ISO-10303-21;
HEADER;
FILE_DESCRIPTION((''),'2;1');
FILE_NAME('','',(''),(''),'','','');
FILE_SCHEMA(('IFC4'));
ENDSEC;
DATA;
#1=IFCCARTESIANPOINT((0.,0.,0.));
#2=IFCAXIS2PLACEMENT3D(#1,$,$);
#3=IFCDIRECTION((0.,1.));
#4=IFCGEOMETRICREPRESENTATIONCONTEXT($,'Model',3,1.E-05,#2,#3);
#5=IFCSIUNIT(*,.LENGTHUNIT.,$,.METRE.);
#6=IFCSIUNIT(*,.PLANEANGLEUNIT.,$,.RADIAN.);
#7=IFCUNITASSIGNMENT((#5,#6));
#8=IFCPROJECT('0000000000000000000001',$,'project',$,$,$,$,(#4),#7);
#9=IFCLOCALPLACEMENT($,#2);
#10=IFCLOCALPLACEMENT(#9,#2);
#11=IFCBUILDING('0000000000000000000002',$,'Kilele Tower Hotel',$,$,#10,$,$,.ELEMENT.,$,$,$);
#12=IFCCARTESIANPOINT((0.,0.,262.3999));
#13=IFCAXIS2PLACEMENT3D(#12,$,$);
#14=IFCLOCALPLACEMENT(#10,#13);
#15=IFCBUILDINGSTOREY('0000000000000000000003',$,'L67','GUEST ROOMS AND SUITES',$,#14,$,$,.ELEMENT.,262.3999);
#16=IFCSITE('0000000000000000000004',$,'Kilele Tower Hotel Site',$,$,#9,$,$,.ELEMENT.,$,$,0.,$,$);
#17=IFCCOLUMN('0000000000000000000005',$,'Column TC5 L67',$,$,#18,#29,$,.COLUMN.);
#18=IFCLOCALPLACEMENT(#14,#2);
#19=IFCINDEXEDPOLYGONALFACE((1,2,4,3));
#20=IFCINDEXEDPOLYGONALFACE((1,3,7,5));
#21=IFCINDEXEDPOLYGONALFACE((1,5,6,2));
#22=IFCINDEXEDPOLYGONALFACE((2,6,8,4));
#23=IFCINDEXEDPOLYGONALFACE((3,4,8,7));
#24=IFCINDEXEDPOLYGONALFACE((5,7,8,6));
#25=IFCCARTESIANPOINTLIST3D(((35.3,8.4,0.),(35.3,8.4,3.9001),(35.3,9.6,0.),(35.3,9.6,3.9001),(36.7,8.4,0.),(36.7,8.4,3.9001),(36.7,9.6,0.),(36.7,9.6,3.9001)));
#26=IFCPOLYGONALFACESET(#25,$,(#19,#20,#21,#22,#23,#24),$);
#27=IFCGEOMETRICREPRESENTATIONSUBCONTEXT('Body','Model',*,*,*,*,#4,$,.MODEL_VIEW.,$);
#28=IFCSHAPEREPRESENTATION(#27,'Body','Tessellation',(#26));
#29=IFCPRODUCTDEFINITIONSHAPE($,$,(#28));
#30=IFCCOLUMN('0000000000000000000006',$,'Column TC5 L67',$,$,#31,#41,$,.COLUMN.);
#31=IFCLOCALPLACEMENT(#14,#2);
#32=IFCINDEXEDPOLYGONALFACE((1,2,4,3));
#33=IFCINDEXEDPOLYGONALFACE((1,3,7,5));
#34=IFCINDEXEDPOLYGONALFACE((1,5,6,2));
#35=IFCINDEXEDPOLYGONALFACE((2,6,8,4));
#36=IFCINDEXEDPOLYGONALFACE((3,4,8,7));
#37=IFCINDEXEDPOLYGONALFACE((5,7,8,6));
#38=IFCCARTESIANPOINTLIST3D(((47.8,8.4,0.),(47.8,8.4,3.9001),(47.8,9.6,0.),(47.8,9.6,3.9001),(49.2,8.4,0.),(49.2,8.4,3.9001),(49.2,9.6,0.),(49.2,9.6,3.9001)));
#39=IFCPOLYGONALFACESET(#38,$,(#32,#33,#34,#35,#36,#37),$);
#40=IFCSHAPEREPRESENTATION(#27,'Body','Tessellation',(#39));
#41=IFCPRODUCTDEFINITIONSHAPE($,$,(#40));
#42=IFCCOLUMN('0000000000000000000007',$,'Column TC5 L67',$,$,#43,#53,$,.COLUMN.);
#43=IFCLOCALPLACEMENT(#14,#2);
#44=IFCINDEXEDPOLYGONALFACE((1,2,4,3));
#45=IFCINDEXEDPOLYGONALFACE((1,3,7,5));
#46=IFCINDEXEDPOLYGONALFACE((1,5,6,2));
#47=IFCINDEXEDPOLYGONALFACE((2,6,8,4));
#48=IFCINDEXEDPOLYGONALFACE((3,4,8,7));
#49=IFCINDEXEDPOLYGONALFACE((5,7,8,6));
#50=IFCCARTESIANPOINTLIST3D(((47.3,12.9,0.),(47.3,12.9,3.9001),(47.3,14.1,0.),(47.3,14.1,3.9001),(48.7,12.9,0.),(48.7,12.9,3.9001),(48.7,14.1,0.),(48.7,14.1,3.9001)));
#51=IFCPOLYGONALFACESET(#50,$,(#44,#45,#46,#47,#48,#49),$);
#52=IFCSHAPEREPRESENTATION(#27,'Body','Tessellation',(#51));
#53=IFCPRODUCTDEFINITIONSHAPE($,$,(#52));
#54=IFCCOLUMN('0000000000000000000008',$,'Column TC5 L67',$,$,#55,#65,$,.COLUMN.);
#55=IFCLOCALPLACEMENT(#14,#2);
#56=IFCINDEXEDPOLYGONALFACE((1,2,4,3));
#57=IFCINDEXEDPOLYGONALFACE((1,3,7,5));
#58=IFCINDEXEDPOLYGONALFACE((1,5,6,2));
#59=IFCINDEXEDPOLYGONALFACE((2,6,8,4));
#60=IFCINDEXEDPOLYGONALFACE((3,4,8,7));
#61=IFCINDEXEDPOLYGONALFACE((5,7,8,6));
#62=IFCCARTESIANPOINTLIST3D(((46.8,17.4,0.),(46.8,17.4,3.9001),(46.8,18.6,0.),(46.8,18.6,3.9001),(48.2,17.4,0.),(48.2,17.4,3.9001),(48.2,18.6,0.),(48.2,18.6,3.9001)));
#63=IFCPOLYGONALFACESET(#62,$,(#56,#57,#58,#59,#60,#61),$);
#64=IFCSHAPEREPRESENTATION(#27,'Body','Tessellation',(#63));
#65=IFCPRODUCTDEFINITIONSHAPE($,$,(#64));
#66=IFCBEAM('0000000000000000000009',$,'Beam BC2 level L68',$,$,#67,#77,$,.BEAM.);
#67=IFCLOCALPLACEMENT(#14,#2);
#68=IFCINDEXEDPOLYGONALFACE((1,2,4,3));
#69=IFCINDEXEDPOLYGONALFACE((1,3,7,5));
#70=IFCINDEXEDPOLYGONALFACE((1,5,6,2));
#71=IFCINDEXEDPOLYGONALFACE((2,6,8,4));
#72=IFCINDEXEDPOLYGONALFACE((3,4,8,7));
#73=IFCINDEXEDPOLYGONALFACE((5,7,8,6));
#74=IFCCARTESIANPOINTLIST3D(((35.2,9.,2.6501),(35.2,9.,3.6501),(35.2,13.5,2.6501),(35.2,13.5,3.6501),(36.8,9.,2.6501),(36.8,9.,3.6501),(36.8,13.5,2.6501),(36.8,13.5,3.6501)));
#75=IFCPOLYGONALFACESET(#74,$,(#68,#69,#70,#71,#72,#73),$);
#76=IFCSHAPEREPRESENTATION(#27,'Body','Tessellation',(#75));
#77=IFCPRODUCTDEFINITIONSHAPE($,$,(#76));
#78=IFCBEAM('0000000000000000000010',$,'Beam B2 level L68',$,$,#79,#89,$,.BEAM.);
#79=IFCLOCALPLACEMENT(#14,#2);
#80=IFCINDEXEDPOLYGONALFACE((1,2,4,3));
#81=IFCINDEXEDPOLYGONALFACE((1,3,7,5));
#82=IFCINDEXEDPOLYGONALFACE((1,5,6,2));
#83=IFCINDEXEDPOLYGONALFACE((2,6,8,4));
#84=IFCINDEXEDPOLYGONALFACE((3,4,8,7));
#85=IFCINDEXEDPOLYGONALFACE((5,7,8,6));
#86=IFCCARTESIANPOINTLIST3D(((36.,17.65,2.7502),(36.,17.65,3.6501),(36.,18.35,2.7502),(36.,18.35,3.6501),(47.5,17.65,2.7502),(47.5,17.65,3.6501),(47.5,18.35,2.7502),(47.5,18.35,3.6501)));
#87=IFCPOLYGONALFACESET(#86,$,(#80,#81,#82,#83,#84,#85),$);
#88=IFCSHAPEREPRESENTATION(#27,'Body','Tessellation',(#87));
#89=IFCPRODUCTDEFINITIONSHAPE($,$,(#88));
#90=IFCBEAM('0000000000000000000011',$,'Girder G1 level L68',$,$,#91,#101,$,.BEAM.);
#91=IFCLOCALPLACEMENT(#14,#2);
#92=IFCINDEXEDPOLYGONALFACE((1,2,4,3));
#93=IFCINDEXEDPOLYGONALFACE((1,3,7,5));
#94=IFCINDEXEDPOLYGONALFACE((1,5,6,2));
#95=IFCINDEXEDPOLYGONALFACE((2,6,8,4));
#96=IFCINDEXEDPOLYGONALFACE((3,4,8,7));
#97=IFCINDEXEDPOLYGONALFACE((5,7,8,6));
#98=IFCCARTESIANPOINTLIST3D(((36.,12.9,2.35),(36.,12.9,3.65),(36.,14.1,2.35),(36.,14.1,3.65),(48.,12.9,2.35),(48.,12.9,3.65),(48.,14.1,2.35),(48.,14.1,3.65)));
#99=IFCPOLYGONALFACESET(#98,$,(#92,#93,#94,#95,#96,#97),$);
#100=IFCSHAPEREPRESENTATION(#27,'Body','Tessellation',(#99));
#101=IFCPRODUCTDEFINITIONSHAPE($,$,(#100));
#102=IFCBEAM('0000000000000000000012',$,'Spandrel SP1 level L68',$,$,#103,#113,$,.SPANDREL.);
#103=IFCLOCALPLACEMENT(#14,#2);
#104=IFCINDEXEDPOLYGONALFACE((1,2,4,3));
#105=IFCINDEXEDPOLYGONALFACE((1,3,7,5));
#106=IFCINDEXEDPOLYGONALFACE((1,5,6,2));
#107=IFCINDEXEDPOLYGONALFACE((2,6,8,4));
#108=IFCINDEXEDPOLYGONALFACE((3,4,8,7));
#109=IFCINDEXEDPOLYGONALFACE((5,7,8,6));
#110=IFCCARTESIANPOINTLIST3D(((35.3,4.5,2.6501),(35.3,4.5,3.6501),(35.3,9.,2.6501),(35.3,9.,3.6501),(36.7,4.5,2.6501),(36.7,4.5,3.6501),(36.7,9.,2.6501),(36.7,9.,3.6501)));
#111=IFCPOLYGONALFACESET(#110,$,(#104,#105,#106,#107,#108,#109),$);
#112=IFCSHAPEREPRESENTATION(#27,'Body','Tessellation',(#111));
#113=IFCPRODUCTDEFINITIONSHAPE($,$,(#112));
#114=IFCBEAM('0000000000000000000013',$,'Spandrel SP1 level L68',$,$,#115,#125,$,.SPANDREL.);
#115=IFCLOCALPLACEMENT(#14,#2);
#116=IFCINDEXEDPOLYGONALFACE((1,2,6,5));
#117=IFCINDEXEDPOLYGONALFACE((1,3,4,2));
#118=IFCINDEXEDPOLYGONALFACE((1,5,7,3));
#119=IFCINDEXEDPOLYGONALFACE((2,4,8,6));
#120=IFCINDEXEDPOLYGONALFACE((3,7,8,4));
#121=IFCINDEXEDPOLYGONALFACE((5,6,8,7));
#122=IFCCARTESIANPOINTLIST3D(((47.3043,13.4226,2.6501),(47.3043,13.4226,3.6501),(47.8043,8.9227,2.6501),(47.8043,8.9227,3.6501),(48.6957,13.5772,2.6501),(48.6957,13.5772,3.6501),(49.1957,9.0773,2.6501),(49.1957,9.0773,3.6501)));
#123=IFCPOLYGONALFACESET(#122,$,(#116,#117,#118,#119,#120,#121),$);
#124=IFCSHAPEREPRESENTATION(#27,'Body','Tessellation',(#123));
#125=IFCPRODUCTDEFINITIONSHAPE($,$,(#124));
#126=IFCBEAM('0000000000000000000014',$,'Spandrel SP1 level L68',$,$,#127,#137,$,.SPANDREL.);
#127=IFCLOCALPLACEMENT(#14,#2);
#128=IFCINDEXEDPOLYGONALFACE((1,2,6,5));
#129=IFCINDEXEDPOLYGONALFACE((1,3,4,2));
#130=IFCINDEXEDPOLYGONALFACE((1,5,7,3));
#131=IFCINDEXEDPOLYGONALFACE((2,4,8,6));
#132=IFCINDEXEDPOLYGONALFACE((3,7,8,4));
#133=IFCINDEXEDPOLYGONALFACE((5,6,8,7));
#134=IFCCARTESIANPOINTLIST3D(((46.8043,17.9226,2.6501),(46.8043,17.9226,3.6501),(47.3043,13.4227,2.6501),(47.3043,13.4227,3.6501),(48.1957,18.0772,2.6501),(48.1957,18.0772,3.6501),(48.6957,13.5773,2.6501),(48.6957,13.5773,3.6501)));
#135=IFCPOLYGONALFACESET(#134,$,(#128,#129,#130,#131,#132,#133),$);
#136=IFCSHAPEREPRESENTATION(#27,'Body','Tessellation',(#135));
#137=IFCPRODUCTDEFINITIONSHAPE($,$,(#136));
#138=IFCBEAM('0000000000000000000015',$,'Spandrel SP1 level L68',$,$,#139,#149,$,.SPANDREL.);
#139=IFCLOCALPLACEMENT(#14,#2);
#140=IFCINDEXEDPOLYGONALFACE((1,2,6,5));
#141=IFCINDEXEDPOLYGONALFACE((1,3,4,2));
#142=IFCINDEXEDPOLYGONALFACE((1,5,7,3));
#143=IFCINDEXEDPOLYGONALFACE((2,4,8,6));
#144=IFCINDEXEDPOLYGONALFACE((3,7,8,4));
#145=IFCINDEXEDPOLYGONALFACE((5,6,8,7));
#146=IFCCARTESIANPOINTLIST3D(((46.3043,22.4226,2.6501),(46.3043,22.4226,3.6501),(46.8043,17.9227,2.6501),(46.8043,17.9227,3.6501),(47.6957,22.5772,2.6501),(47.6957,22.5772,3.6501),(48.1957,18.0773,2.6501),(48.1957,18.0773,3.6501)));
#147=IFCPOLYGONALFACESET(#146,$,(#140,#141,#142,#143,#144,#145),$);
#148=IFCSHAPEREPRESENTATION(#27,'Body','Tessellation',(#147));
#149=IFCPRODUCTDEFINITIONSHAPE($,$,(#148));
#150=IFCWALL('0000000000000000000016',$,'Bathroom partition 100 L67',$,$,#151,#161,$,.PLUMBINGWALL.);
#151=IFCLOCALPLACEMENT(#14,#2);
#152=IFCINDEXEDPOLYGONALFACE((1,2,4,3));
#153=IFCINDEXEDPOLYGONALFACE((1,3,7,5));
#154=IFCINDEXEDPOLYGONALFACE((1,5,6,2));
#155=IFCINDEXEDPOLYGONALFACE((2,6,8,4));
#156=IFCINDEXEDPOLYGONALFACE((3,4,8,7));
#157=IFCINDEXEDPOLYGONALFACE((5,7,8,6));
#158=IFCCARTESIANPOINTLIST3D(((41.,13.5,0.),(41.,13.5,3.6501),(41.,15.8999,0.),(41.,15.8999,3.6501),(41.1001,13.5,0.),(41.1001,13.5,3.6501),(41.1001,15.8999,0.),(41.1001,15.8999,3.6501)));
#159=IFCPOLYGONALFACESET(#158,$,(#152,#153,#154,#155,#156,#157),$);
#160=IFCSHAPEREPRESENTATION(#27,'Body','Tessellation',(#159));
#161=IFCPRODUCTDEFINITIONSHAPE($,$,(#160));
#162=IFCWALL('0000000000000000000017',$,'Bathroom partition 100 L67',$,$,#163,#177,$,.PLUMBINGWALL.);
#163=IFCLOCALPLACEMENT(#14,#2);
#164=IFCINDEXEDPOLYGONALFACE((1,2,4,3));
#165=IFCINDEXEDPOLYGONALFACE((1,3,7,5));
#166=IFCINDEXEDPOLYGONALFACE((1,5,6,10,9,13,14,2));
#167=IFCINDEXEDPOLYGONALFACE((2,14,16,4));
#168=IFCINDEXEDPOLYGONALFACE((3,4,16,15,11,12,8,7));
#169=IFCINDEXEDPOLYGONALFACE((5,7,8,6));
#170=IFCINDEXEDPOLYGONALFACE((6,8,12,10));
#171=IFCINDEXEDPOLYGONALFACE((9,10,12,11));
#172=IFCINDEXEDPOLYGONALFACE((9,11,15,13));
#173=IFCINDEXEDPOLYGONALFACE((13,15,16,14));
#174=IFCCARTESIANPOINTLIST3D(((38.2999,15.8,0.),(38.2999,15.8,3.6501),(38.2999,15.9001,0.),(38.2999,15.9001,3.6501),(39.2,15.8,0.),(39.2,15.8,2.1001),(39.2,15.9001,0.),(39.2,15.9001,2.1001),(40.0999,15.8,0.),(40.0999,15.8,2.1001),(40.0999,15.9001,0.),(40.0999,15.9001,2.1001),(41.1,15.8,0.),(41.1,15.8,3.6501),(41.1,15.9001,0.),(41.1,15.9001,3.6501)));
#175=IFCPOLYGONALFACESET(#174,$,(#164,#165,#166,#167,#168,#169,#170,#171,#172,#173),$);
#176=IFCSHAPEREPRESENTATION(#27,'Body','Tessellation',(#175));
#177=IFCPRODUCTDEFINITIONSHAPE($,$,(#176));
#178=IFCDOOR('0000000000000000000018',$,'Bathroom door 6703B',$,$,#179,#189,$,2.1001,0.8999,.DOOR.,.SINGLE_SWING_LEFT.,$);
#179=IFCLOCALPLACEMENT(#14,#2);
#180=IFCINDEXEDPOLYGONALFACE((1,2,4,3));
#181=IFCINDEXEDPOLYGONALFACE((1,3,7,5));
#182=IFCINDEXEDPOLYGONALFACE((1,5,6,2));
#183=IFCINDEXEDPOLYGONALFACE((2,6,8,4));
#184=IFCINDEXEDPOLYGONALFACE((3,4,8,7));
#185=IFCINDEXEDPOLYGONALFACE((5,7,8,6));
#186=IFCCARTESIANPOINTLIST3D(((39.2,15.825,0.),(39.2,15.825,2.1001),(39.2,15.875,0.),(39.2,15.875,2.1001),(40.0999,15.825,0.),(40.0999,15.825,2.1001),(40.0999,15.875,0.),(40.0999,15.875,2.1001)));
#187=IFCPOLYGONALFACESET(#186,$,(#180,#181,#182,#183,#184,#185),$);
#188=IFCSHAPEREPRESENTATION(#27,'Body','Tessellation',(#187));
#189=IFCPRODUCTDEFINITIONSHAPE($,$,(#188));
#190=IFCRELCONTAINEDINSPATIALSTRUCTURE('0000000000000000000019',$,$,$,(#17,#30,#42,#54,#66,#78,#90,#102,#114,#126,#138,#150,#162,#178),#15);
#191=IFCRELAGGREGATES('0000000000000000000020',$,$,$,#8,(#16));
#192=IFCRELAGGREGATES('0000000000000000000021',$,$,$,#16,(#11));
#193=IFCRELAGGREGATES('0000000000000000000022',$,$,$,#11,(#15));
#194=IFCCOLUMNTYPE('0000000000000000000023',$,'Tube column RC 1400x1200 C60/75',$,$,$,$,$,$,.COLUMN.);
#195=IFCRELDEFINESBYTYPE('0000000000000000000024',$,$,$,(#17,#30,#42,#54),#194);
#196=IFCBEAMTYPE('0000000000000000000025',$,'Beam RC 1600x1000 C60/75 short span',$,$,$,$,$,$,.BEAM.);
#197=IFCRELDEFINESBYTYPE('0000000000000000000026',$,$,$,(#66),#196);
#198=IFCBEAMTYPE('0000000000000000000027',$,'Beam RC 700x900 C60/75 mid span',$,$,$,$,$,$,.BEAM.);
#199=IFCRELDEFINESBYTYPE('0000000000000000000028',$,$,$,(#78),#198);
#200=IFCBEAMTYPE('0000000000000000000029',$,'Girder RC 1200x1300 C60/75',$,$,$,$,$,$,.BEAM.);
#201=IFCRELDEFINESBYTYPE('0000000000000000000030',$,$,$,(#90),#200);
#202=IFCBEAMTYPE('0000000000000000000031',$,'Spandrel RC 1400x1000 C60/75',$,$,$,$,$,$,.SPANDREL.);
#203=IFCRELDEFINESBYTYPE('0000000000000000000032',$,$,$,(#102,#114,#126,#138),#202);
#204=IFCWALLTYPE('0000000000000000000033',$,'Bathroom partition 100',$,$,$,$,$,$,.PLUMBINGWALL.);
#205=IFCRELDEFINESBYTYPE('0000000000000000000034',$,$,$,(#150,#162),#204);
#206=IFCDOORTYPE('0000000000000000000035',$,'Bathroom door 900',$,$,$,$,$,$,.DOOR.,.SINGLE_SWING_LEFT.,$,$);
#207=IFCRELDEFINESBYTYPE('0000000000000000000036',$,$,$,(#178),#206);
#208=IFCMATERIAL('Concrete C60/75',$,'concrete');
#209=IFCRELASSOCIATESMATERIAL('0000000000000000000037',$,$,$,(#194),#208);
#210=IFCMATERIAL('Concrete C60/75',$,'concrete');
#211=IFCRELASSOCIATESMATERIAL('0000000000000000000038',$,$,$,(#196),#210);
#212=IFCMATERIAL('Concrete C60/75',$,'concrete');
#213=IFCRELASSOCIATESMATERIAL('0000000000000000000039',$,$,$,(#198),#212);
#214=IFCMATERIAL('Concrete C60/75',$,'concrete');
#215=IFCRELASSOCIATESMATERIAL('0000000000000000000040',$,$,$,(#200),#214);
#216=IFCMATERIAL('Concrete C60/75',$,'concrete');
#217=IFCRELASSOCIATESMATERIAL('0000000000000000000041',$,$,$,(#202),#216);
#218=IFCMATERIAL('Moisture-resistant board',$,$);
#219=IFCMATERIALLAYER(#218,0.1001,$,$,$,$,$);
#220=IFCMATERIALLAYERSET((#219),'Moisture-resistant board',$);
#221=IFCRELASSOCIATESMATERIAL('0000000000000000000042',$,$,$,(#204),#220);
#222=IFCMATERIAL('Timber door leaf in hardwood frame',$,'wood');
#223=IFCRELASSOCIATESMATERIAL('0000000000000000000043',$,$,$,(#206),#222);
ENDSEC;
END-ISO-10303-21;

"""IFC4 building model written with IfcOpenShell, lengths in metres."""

from ifc_helpers import new_model, si_unit, direction, frame, frame_2d, origin, origin_2d, place, context, subcontext, project, spatial, rectangle, extrude, material, layer, layer_set, material_profile, profile_set, type_object, element, fill, save


model = new_model("IFC4")

# Units and contexts
model_context = context("Model", 3, precision=1e-05, world=origin(), true_north=direction((0.0, 1.0)))
body_context = subcontext(model_context, "Body", "Model", "MODEL_VIEW")
ifc_project = project(units=[si_unit("LENGTHUNIT", "METRE"), si_unit("PLANEANGLEUNIT", "RADIAN")], contexts=[model_context])

# Site, building, storey
site_placement = place(None, origin())
site = spatial("IfcSite", under=ifc_project, at=site_placement, Name="Kilele Tower Hotel Site", CompositionType="ELEMENT", RefElevation=0.0)
building_placement = place(site_placement, origin())
building = spatial("IfcBuilding", under=site, at=building_placement, Name="Kilele Tower Hotel", CompositionType="ELEMENT")
storey_placement = place(building_placement, frame((0.0, 0.0, 262.3999)))
storey = spatial("IfcBuildingStorey", under=building, at=storey_placement, Name="L67", Description="GUEST ROOMS AND SUITES", CompositionType="ELEMENT", Elevation=262.3999)

# Columns
ifc_material_1 = material(Name="Concrete C60/75", Category="concrete")
ifc_material_profile_1 = material_profile(ifc_material_1, rectangle(XDim=1.3999, YDim=1.2, at=origin_2d()))
ifc_profile_set_1 = profile_set([ifc_material_profile_1], Name="Concrete C60/75")
column_type = type_object("IfcColumnType", Name="Tube column RC 1400x1200 C60/75", PredefinedType="COLUMN", material=ifc_profile_set_1)
for number, where, z_axis, x_axis, name in (
    (1, (36.0, 9.0, 0.0), (0.0, 0.0, 1.0), (1.0, 0.0, 0.0), "Column TC5 L67"),
    (2, (48.5, 9.0, 0.0), (0.0, 0.0, 1.0), (1.0, 0.0, 0.0), "Column TC5 L67"),
    (3, (48.0, 13.5, 0.0), (0.0, 0.0, 1.0), (1.0, 0.0, 0.0), "Column TC5 L67"),
    (4, (47.5, 18.0, 0.0), (0.0, 0.0, 1.0), (1.0, 0.0, 0.0), "Column TC5 L67"),
):
    element("IfcColumn", number, at=place(storey_placement, frame(where, z_axis=z_axis, x_axis=x_axis)), inside=storey, type_object=column_type, Name=name, PredefinedType="COLUMN", context=body_context, shape_type="SweptSolid", body=[
        extrude(rectangle(XDim=1.3999, YDim=1.2, at=origin_2d()), origin(), (0.0, 0.0, 1.0), 3.9001),
    ])

# Beams
ifc_material_2 = material(Name="Concrete C60/75", Category="concrete")
ifc_material_profile_2 = material_profile(ifc_material_2, rectangle(XDim=1.6001, YDim=1.0, at=origin_2d()))
ifc_profile_set_2 = profile_set([ifc_material_profile_2], Name="Concrete C60/75")
beam_type_1 = type_object("IfcBeamType", Name="Beam RC 1600x1000 C60/75 short span", PredefinedType="BEAM", material=ifc_profile_set_2)
beam_1_placement = place(storey_placement, frame((36.0, 9.0, 3.1501), z_axis=(0.0, 1.0, 0.0), x_axis=(-1.0, 0.0, 0.0)))
element("IfcBeam", 5, at=beam_1_placement, inside=storey, type_object=beam_type_1, Name="Beam BC2 level L68", PredefinedType="BEAM", context=body_context, shape_type="SweptSolid", body=[
    extrude(rectangle(XDim=1.6001, YDim=1.0, at=origin_2d()), origin(), (0.0, 0.0, 1.0), 4.5),
])
ifc_material_3 = material(Name="Concrete C60/75", Category="concrete")
ifc_material_profile_3 = material_profile(ifc_material_3, rectangle(XDim=0.7, YDim=0.8999, at=origin_2d()))
ifc_profile_set_3 = profile_set([ifc_material_profile_3], Name="Concrete C60/75")
beam_type_2 = type_object("IfcBeamType", Name="Beam RC 700x900 C60/75 mid span", PredefinedType="BEAM", material=ifc_profile_set_3)
beam_2_placement = place(storey_placement, frame((47.5, 18.0, 3.2002), z_axis=(-1.0, 0.0, 0.0), x_axis=(0.0, -1.0, 0.0)))
element("IfcBeam", 6, at=beam_2_placement, inside=storey, type_object=beam_type_2, Name="Beam B2 level L68", PredefinedType="BEAM", context=body_context, shape_type="SweptSolid", body=[
    extrude(rectangle(XDim=0.7, YDim=0.8999, at=origin_2d()), origin(), (0.0, 0.0, 1.0), 11.5),
])
ifc_material_4 = material(Name="Concrete C60/75", Category="concrete")
ifc_material_profile_4 = material_profile(ifc_material_4, rectangle(XDim=1.2, YDim=1.3, at=origin_2d()))
ifc_profile_set_4 = profile_set([ifc_material_profile_4], Name="Concrete C60/75")
beam_type_3 = type_object("IfcBeamType", Name="Girder RC 1200x1300 C60/75", PredefinedType="BEAM", material=ifc_profile_set_4)
beam_3_placement = place(storey_placement, frame((48.0, 13.5, 3.0), z_axis=(-1.0, 0.0, 0.0), x_axis=(0.0, -1.0, 0.0)))
element("IfcBeam", 7, at=beam_3_placement, inside=storey, type_object=beam_type_3, Name="Girder G1 level L68", PredefinedType="BEAM", context=body_context, shape_type="SweptSolid", body=[
    extrude(rectangle(XDim=1.2, YDim=1.3, at=origin_2d()), origin(), (0.0, 0.0, 1.0), 12.0),
])
ifc_material_5 = material(Name="Concrete C60/75", Category="concrete")
ifc_material_profile_5 = material_profile(ifc_material_5, rectangle(XDim=1.3999, YDim=1.0, at=origin_2d()))
ifc_profile_set_5 = profile_set([ifc_material_profile_5], Name="Concrete C60/75")
beam_type_4 = type_object("IfcBeamType", Name="Spandrel RC 1400x1000 C60/75", PredefinedType="SPANDREL", material=ifc_profile_set_5)
beam_4_placement = place(storey_placement, frame((36.0, 9.0, 3.1501), z_axis=(0.0, -1.0, 0.0), x_axis=(1.0, 0.0, 0.0)))
element("IfcBeam", 8, at=beam_4_placement, inside=storey, type_object=beam_type_4, Name="Spandrel SP1 level L68", PredefinedType="SPANDREL", context=body_context, shape_type="SweptSolid", body=[
    extrude(rectangle(XDim=1.3999, YDim=1.0, at=origin_2d()), origin(), (0.0, 0.0, 1.0), 4.5),
])
for number, where, z_axis, x_axis, name in (
    (9, (48.5, 9.0, 3.1501), (-0.110432, 0.993884, 0.0), (-0.993884, -0.110432, 0.0), "Spandrel SP1 level L68"),
    (10, (48.0, 13.5, 3.1501), (-0.110432, 0.993884, 0.0), (-0.993884, -0.110432, 0.0), "Spandrel SP1 level L68"),
    (11, (47.5, 18.0, 3.1501), (-0.110432, 0.993884, 0.0), (-0.993884, -0.110432, 0.0), "Spandrel SP1 level L68"),
):
    element("IfcBeam", number, at=place(storey_placement, frame(where, z_axis=z_axis, x_axis=x_axis)), inside=storey, type_object=beam_type_4, Name=name, PredefinedType="SPANDREL", context=body_context, shape_type="SweptSolid", body=[
        extrude(rectangle(XDim=1.3999, YDim=1.0, at=origin_2d()), origin(), (0.0, 0.0, 1.0), 4.5276),
    ])

# Wall
ifc_material_6 = material(Name="Moisture-resistant board")
ifc_layer_1 = layer(ifc_material_6, 0.1001)
ifc_layer_set_1 = layer_set([ifc_layer_1], Name="Moisture-resistant board")
wall_type_1 = type_object("IfcWallType", Name="Bathroom partition 100", PredefinedType="PLUMBINGWALL", material=ifc_layer_set_1)
wall_1_placement = place(storey_placement, frame((41.05, 13.5, 0.0), z_axis=(0.0, 0.0, 1.0), x_axis=(0.0, 1.0, 0.0)))
element("IfcWall", 12, at=wall_1_placement, inside=storey, type_object=wall_type_1, Name="Bathroom partition 100 L67", PredefinedType="PLUMBINGWALL", context=body_context, shape_type="SweptSolid", body=[
    extrude(rectangle(XDim=2.3999, YDim=0.1001, at=frame_2d((1.2, 0.0))), origin(), (0.0, 0.0, 1.0), 3.6501),
])

# Wall, opening, door
wall_2_placement = place(storey_placement, frame((38.3, 15.8501, 0.0), z_axis=(0.0, 0.0, 1.0), x_axis=(1.0, 0.0, 0.0)))
wall_2 = element("IfcWall", 13, at=wall_2_placement, inside=storey, type_object=wall_type_1, Name="Bathroom partition 100 L67", PredefinedType="PLUMBINGWALL", context=body_context, shape_type="SweptSolid", body=[
    extrude(rectangle(XDim=2.8, YDim=0.1001, at=frame_2d((1.3999, 0.0))), origin(), (0.0, 0.0, 1.0), 3.6501),
])
opening_1_placement = place(wall_2_placement, frame((0.8999, 0.0, 0.0)))
opening_1 = element("IfcOpeningElement", 14, at=opening_1_placement, cuts=wall_2, PredefinedType="OPENING", context=body_context, shape_type="SweptSolid", body=[
    extrude(rectangle(XDim=0.8999, YDim=2.1001, at=frame_2d((0.45, 1.05))), frame((0.0, 0.0601, 0.0), z_axis=(0.0, -1.0, 0.0), x_axis=(1.0, 0.0, 0.0)), (0.0, 0.0, 1.0), 0.1201),
])
ifc_material_7 = material(Name="Timber door leaf in hardwood frame", Category="wood")
door_type_1 = type_object("IfcDoorType", Name="Bathroom door 900", OperationType="SINGLE_SWING_LEFT", PredefinedType="DOOR", material=ifc_material_7)
door_1_placement = place(opening_1_placement, origin())
door_1 = element("IfcDoor", 15, at=door_1_placement, inside=storey, type_object=door_type_1, Name="Bathroom door 6703B", OperationType="SINGLE_SWING_LEFT", OverallHeight=2.1001, OverallWidth=0.8999, PredefinedType="DOOR", context=body_context, shape_type="SweptSolid", body=[
    extrude(rectangle(XDim=0.8999, YDim=2.1001, at=frame_2d((0.45, 1.05))), frame((0.0, 0.0249, 0.0), z_axis=(0.0, -1.0, 0.0), x_axis=(1.0, 0.0, 0.0)), (0.0, 0.0, 1.0), 0.05),
])
fill(opening_1, door_1)

save(model, "model.ifc")
